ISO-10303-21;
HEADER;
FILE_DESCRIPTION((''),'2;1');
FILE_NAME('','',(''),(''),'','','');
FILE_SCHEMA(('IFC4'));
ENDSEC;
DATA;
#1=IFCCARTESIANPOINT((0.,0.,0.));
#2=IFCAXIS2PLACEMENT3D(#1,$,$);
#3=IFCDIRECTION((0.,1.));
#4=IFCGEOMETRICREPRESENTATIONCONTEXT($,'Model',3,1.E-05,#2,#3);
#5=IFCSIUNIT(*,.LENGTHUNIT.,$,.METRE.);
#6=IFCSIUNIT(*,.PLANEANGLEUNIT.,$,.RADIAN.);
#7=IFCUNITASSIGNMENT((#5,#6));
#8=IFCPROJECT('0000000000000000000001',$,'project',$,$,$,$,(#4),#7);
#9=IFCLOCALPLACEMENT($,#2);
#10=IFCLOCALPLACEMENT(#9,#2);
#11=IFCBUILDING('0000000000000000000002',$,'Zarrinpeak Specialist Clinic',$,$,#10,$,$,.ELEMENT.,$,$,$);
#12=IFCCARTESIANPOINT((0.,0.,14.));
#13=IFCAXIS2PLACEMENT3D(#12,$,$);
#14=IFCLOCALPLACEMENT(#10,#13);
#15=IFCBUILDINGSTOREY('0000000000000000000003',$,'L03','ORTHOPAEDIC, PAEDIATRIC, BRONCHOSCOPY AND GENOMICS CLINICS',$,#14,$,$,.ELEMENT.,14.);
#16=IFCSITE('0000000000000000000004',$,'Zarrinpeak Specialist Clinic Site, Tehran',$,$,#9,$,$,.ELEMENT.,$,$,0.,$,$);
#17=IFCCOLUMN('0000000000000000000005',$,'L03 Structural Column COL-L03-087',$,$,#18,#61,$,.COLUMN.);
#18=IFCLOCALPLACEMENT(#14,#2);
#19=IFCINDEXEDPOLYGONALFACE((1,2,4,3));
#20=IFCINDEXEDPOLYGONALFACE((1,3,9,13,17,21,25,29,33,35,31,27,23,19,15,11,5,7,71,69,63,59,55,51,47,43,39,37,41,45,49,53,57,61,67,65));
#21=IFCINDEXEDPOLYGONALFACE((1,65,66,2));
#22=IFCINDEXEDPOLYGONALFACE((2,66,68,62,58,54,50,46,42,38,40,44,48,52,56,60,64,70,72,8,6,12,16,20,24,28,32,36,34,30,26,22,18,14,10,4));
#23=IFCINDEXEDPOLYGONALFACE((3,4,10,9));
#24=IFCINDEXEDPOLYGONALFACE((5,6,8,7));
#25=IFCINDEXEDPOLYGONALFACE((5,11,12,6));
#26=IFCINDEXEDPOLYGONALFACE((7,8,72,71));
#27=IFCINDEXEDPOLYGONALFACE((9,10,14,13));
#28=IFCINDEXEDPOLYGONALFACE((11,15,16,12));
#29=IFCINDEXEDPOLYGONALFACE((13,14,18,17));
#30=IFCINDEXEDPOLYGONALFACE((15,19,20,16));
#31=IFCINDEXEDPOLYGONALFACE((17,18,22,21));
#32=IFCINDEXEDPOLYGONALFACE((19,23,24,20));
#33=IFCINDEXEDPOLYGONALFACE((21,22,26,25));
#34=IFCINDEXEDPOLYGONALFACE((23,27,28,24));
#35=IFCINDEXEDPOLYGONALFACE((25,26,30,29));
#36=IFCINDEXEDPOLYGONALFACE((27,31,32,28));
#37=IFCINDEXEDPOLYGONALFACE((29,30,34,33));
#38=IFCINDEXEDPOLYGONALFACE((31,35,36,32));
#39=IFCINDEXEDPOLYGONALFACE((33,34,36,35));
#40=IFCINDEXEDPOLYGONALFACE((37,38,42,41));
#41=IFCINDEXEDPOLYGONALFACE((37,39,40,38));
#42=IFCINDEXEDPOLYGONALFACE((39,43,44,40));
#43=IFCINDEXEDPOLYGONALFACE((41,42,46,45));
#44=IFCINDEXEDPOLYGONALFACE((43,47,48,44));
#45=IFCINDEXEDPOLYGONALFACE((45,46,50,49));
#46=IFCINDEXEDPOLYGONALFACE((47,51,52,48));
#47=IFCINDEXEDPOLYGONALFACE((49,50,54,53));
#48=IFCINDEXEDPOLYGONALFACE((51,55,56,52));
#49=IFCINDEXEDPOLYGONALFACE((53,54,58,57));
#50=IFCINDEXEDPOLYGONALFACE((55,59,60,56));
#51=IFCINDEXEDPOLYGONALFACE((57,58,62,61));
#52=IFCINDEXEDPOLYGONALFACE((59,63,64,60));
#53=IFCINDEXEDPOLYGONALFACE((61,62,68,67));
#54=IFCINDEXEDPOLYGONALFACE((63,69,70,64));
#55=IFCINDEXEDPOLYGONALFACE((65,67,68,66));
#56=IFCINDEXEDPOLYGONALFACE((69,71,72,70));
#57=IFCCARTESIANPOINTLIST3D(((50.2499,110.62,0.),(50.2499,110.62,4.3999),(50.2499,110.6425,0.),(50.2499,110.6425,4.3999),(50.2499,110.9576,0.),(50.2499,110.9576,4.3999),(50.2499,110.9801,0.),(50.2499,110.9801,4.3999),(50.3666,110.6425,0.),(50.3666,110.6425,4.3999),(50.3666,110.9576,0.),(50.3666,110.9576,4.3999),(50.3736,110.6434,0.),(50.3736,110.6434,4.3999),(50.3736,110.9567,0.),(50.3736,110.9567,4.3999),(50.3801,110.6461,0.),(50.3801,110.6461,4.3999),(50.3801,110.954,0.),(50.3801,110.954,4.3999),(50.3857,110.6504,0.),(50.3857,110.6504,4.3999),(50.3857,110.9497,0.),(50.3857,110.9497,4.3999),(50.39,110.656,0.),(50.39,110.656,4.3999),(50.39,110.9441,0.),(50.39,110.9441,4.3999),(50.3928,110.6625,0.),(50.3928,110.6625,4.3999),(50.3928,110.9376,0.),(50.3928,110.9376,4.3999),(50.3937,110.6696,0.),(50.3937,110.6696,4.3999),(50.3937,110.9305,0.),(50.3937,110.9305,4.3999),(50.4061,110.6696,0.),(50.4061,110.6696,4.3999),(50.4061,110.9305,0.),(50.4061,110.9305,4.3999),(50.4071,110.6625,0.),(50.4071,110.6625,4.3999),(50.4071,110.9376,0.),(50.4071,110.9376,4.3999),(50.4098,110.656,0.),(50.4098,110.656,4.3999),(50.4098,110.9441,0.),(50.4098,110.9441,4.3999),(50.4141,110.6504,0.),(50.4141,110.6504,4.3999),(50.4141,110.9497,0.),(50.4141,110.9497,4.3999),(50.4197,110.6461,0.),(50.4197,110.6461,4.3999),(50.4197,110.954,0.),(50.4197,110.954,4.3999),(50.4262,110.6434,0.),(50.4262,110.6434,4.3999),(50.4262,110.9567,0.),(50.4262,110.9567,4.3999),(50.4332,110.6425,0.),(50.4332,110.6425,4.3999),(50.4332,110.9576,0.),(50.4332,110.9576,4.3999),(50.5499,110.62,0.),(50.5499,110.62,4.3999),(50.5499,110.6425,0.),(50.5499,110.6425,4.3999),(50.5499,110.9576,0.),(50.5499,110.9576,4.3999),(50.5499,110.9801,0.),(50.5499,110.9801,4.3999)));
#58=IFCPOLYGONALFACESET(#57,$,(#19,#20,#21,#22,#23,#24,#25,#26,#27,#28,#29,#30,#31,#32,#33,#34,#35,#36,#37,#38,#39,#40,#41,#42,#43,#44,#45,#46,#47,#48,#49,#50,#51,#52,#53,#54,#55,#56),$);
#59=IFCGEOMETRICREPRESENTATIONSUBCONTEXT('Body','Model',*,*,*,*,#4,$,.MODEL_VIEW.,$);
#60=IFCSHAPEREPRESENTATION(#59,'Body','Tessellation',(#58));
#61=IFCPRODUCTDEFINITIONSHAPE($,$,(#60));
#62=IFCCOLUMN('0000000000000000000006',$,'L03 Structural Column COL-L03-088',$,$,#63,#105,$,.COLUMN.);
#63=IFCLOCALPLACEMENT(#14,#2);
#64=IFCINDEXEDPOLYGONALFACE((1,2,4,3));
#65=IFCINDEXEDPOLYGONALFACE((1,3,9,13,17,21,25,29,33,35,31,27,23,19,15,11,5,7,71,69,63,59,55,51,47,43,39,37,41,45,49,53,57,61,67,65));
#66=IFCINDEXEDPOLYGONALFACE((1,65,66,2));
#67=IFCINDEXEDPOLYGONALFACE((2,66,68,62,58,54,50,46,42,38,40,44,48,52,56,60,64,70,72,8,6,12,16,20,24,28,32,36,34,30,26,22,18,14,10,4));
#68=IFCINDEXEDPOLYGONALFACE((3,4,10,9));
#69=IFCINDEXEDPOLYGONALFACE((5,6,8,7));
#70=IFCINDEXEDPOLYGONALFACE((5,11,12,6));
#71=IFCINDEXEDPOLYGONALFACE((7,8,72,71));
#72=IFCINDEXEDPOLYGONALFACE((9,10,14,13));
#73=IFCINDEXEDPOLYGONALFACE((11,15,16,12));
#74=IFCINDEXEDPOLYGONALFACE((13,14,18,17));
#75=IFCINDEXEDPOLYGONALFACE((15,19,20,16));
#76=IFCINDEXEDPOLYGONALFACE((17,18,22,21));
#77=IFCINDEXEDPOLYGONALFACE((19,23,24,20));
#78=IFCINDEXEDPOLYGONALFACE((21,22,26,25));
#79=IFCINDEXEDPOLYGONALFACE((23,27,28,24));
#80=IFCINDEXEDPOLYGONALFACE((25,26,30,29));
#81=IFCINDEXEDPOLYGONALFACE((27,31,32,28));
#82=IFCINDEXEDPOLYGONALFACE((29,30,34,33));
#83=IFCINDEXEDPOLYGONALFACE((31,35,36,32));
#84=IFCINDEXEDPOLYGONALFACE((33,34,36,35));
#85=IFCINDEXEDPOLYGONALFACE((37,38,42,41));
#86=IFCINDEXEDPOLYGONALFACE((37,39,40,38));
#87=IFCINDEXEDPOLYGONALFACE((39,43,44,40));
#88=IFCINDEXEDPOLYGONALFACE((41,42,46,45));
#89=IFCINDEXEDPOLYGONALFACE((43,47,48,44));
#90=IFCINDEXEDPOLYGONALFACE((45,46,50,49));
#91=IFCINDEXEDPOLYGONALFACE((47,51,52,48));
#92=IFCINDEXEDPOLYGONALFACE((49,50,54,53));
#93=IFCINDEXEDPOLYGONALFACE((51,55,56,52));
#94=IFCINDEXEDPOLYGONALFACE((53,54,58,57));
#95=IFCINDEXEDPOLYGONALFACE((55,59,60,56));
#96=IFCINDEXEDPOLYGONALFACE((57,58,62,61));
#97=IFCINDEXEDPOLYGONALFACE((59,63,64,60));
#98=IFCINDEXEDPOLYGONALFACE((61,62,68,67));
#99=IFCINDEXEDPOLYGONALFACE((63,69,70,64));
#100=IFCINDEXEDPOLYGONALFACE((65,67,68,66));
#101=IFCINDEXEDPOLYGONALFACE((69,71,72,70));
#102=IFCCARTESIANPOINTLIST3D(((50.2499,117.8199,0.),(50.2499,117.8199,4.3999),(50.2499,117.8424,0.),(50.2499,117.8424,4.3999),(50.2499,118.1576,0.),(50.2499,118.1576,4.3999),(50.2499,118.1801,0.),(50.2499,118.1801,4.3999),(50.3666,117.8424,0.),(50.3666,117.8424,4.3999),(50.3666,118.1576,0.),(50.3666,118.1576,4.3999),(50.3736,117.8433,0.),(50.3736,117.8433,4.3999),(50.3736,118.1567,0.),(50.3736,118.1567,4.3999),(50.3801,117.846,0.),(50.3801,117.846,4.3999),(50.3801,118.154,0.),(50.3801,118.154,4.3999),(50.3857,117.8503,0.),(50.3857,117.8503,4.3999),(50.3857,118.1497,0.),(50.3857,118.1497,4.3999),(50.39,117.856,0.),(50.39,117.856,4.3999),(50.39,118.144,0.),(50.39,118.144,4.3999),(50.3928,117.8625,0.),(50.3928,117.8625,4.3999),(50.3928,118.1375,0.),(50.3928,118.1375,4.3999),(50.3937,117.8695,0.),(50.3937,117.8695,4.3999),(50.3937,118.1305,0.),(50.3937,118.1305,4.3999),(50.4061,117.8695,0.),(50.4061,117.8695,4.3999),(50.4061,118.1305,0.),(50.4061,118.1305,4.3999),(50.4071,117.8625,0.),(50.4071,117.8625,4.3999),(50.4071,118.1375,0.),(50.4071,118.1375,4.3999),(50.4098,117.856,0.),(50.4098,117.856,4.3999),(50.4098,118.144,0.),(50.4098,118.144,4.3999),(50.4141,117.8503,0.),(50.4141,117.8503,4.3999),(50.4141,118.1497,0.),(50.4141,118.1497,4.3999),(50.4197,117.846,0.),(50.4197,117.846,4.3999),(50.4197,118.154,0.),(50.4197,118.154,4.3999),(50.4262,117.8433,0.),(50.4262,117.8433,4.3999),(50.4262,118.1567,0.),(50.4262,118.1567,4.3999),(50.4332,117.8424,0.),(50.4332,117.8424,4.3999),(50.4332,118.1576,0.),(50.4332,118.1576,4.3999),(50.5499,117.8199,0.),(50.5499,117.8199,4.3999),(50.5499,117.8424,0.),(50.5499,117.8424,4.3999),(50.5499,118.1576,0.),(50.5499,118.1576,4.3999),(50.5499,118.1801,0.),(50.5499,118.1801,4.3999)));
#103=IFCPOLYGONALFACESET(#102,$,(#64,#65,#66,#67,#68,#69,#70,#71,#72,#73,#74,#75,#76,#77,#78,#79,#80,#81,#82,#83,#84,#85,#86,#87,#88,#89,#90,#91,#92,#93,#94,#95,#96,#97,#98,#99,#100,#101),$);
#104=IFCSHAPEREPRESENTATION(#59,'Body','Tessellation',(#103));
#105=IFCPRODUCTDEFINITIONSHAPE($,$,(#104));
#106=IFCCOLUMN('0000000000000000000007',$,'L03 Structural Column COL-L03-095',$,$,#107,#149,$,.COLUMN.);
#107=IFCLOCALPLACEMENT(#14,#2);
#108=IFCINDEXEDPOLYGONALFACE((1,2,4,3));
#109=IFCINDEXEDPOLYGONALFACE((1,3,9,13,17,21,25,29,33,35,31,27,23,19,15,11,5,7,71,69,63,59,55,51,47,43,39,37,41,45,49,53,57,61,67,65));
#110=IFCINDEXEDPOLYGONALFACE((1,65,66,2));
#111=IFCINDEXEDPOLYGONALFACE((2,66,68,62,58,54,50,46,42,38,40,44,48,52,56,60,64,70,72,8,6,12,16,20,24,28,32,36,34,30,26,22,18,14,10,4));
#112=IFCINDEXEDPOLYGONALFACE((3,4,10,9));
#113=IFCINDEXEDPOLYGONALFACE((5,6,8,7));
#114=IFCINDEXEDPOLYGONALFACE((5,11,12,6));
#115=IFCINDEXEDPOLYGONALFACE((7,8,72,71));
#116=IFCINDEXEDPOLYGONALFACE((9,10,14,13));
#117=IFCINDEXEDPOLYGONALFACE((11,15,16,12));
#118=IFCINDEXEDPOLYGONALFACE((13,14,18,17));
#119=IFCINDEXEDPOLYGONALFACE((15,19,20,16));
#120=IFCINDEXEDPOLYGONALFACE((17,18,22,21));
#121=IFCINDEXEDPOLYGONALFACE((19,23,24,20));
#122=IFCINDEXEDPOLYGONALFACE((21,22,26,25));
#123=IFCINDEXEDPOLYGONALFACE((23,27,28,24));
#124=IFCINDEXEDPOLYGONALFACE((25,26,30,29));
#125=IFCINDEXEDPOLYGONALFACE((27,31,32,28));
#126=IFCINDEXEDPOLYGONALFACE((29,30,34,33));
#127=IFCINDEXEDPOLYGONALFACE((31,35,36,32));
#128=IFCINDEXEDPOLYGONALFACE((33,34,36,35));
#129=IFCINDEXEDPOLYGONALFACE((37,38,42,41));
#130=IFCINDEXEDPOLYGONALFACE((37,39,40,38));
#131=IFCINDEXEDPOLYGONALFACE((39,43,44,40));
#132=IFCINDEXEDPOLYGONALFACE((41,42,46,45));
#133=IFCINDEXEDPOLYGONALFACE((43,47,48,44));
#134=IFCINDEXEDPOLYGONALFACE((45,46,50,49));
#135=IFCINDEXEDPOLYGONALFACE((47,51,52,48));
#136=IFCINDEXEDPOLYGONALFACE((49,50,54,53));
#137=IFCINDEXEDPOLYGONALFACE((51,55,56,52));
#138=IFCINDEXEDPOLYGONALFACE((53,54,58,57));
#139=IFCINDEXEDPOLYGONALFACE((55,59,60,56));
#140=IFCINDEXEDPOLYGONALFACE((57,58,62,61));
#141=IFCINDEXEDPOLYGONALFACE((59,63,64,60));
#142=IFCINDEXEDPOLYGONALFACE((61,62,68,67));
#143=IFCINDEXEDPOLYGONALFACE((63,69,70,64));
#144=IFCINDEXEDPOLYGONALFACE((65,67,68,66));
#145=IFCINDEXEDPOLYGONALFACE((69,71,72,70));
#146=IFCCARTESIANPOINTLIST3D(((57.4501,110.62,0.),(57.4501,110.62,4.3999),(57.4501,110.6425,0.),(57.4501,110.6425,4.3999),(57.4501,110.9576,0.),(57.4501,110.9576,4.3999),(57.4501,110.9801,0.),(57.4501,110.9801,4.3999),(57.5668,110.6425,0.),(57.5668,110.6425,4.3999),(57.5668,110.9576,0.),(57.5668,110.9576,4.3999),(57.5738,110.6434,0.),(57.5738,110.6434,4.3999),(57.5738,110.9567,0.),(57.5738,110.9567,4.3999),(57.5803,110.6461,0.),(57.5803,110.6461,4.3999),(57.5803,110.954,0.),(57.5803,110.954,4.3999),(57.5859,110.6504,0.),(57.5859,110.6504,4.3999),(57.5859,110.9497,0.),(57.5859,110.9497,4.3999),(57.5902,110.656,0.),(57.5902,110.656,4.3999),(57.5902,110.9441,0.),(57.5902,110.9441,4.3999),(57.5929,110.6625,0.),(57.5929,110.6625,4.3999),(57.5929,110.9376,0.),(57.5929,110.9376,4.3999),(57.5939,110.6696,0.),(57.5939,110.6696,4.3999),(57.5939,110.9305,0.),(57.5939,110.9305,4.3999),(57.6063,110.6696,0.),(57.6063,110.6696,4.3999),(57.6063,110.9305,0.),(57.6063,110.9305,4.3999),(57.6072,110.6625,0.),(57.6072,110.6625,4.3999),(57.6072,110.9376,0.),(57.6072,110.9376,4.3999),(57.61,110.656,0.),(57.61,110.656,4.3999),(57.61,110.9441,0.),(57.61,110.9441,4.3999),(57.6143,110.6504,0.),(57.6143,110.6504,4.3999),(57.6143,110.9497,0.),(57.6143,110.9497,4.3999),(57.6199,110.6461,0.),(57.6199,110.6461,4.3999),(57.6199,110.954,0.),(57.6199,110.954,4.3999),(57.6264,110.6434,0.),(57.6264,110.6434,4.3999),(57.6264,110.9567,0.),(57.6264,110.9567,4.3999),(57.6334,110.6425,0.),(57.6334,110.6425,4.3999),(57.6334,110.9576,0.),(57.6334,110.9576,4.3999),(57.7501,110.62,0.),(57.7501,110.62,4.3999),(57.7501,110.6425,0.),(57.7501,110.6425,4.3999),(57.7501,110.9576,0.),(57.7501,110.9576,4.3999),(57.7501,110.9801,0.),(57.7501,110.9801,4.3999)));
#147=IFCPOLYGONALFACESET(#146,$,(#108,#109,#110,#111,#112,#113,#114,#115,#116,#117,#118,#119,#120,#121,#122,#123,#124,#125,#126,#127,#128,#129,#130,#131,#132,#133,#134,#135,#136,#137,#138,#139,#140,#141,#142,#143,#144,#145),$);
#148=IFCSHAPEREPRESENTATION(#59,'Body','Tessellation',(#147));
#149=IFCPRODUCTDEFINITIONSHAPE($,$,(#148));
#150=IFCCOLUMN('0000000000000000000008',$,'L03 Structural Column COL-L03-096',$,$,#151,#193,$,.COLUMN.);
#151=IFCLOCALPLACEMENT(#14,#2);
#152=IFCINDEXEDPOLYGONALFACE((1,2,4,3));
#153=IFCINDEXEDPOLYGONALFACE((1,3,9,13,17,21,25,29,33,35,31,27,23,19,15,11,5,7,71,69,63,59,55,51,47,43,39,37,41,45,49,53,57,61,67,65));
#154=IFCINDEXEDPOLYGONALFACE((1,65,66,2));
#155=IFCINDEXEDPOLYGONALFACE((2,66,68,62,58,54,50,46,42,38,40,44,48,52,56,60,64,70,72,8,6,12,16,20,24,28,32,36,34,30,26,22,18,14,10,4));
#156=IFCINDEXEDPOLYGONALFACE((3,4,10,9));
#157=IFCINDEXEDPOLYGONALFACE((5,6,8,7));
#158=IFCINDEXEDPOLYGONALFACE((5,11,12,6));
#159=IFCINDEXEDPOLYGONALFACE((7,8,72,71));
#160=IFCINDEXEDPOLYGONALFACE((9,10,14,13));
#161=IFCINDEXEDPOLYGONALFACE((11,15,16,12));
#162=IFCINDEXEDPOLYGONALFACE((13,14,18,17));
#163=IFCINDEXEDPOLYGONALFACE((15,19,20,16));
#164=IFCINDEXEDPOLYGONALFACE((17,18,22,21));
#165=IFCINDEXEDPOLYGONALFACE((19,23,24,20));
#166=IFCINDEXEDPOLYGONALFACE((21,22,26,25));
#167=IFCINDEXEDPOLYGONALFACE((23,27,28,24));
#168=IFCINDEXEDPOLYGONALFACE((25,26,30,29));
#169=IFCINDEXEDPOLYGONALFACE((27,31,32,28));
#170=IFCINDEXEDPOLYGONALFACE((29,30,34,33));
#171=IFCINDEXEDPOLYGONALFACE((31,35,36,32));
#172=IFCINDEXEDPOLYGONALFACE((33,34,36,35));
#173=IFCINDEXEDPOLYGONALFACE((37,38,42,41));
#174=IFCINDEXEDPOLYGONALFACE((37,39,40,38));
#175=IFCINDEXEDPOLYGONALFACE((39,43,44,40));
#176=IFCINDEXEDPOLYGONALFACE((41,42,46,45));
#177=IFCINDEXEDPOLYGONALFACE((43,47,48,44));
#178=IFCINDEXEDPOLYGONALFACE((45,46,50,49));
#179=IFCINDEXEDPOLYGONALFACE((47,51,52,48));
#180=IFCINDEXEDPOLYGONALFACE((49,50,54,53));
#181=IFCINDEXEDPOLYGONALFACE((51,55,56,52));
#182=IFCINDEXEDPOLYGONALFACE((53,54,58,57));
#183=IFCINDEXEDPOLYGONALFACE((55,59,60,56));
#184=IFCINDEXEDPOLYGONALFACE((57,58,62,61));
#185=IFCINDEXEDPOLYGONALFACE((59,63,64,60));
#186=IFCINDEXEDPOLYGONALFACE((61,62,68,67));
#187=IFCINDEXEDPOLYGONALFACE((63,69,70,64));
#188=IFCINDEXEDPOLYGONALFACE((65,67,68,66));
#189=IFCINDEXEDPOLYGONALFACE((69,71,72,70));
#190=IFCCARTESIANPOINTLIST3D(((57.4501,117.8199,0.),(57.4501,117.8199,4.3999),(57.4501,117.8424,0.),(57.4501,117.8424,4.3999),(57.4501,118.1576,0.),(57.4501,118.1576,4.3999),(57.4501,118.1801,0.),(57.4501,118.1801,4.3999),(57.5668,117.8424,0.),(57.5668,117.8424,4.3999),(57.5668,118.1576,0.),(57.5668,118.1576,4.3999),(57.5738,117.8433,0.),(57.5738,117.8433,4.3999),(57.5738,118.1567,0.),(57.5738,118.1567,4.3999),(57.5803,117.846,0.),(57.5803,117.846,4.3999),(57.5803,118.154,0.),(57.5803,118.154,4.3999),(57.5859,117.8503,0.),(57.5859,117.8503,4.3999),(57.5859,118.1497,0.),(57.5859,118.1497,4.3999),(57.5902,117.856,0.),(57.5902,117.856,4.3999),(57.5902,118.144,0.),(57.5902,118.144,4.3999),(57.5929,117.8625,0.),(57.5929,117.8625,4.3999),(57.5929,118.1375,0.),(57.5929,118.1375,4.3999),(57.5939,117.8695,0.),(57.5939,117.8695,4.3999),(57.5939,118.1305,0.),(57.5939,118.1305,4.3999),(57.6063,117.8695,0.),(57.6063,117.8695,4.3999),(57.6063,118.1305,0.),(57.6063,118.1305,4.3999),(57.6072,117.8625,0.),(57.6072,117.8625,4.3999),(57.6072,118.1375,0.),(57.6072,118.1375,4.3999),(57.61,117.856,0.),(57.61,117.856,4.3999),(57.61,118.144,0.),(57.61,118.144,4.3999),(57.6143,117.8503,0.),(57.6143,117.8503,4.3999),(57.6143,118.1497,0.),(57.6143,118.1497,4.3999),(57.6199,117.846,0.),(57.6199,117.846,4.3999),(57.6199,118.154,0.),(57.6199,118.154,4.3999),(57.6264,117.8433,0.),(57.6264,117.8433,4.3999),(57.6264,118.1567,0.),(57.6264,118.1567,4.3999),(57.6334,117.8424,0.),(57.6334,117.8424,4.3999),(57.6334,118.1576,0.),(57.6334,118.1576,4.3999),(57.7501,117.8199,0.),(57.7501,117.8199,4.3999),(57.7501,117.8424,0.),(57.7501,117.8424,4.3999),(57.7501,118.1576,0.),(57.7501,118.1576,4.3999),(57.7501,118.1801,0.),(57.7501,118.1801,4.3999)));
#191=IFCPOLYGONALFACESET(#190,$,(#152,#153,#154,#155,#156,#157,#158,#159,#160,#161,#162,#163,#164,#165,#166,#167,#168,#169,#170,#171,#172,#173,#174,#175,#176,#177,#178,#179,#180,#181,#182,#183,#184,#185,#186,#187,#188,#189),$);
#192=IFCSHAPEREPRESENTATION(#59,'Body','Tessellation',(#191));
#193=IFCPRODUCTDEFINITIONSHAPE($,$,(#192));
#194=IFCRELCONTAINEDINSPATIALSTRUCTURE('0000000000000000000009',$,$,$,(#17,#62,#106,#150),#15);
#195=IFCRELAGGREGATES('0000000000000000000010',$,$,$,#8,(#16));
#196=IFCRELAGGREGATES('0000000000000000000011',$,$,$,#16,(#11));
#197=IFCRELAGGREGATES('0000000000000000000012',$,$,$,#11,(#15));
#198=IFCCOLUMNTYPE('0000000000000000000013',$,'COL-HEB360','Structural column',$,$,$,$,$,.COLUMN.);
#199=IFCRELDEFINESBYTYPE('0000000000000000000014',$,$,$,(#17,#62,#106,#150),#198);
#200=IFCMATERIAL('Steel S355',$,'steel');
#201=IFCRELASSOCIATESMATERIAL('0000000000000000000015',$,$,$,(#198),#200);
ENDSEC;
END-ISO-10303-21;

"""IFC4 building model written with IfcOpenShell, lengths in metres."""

from ifc_helpers import new_model, si_unit, direction, frame, origin, origin_2d, place, context, subcontext, project, spatial, i_section, extrude, material, material_profile, profile_set, type_object, element, save


model = new_model("IFC4")

# Units and contexts
model_context = context("Model", 3, precision=1e-05, world=origin(), true_north=direction((0.0, 1.0)))
body_context = subcontext(model_context, "Body", "Model", "MODEL_VIEW")
ifc_project = project(units=[si_unit("LENGTHUNIT", "METRE"), si_unit("PLANEANGLEUNIT", "RADIAN")], contexts=[model_context])

# Site, building, storey
site_placement = place(None, origin())
site = spatial("IfcSite", under=ifc_project, at=site_placement, Name="Zarrinpeak Specialist Clinic Site, Tehran", CompositionType="ELEMENT", RefElevation=0.0)
building_placement = place(site_placement, origin())
building = spatial("IfcBuilding", under=site, at=building_placement, Name="Zarrinpeak Specialist Clinic", CompositionType="ELEMENT")
storey_placement = place(building_placement, frame((0.0, 0.0, 14.0)))
storey = spatial("IfcBuildingStorey", under=building, at=storey_placement, Name="L03", Description="ORTHOPAEDIC, PAEDIATRIC, BRONCHOSCOPY AND GENOMICS CLINICS", CompositionType="ELEMENT", Elevation=14.0)

# Columns
ifc_material_1 = material(Name="Steel S355", Category="steel")
ifc_material_profile_1 = material_profile(ifc_material_1, i_section(OverallWidth=0.3, OverallDepth=0.3601, WebThickness=0.0125, FlangeThickness=0.0225, FilletRadius=0.0271, at=origin_2d()), Name="HEB 360")
ifc_profile_set_1 = profile_set([ifc_material_profile_1], Name="Steel S355")
column_type = type_object("IfcColumnType", Name="COL-HEB360", Description="Structural column", PredefinedType="COLUMN", material=ifc_profile_set_1)
for number, where, z_axis, x_axis, name in (
    (1, (50.3999, 110.8, 0.0), (0.0, 0.0, 1.0), (1.0, 0.0, 0.0), "L03 Structural Column COL-L03-087"),
    (2, (50.3999, 118.0, 0.0), (0.0, 0.0, 1.0), (1.0, 0.0, 0.0), "L03 Structural Column COL-L03-088"),
    (3, (57.6001, 110.8, 0.0), (0.0, 0.0, 1.0), (1.0, 0.0, 0.0), "L03 Structural Column COL-L03-095"),
    (4, (57.6001, 118.0, 0.0), (0.0, 0.0, 1.0), (1.0, 0.0, 0.0), "L03 Structural Column COL-L03-096"),
):
    element("IfcColumn", number, at=place(storey_placement, frame(where, z_axis=z_axis, x_axis=x_axis)), inside=storey, type_object=column_type, Name=name, PredefinedType="COLUMN", context=body_context, shape_type="SweptSolid", body=[
        extrude(i_section(OverallWidth=0.3, OverallDepth=0.3601, WebThickness=0.0125, FlangeThickness=0.0225, FilletRadius=0.0271, at=origin_2d()), origin(), (0.0, 0.0, 1.0), 4.3999),
    ])

save(model, "model.ifc")
